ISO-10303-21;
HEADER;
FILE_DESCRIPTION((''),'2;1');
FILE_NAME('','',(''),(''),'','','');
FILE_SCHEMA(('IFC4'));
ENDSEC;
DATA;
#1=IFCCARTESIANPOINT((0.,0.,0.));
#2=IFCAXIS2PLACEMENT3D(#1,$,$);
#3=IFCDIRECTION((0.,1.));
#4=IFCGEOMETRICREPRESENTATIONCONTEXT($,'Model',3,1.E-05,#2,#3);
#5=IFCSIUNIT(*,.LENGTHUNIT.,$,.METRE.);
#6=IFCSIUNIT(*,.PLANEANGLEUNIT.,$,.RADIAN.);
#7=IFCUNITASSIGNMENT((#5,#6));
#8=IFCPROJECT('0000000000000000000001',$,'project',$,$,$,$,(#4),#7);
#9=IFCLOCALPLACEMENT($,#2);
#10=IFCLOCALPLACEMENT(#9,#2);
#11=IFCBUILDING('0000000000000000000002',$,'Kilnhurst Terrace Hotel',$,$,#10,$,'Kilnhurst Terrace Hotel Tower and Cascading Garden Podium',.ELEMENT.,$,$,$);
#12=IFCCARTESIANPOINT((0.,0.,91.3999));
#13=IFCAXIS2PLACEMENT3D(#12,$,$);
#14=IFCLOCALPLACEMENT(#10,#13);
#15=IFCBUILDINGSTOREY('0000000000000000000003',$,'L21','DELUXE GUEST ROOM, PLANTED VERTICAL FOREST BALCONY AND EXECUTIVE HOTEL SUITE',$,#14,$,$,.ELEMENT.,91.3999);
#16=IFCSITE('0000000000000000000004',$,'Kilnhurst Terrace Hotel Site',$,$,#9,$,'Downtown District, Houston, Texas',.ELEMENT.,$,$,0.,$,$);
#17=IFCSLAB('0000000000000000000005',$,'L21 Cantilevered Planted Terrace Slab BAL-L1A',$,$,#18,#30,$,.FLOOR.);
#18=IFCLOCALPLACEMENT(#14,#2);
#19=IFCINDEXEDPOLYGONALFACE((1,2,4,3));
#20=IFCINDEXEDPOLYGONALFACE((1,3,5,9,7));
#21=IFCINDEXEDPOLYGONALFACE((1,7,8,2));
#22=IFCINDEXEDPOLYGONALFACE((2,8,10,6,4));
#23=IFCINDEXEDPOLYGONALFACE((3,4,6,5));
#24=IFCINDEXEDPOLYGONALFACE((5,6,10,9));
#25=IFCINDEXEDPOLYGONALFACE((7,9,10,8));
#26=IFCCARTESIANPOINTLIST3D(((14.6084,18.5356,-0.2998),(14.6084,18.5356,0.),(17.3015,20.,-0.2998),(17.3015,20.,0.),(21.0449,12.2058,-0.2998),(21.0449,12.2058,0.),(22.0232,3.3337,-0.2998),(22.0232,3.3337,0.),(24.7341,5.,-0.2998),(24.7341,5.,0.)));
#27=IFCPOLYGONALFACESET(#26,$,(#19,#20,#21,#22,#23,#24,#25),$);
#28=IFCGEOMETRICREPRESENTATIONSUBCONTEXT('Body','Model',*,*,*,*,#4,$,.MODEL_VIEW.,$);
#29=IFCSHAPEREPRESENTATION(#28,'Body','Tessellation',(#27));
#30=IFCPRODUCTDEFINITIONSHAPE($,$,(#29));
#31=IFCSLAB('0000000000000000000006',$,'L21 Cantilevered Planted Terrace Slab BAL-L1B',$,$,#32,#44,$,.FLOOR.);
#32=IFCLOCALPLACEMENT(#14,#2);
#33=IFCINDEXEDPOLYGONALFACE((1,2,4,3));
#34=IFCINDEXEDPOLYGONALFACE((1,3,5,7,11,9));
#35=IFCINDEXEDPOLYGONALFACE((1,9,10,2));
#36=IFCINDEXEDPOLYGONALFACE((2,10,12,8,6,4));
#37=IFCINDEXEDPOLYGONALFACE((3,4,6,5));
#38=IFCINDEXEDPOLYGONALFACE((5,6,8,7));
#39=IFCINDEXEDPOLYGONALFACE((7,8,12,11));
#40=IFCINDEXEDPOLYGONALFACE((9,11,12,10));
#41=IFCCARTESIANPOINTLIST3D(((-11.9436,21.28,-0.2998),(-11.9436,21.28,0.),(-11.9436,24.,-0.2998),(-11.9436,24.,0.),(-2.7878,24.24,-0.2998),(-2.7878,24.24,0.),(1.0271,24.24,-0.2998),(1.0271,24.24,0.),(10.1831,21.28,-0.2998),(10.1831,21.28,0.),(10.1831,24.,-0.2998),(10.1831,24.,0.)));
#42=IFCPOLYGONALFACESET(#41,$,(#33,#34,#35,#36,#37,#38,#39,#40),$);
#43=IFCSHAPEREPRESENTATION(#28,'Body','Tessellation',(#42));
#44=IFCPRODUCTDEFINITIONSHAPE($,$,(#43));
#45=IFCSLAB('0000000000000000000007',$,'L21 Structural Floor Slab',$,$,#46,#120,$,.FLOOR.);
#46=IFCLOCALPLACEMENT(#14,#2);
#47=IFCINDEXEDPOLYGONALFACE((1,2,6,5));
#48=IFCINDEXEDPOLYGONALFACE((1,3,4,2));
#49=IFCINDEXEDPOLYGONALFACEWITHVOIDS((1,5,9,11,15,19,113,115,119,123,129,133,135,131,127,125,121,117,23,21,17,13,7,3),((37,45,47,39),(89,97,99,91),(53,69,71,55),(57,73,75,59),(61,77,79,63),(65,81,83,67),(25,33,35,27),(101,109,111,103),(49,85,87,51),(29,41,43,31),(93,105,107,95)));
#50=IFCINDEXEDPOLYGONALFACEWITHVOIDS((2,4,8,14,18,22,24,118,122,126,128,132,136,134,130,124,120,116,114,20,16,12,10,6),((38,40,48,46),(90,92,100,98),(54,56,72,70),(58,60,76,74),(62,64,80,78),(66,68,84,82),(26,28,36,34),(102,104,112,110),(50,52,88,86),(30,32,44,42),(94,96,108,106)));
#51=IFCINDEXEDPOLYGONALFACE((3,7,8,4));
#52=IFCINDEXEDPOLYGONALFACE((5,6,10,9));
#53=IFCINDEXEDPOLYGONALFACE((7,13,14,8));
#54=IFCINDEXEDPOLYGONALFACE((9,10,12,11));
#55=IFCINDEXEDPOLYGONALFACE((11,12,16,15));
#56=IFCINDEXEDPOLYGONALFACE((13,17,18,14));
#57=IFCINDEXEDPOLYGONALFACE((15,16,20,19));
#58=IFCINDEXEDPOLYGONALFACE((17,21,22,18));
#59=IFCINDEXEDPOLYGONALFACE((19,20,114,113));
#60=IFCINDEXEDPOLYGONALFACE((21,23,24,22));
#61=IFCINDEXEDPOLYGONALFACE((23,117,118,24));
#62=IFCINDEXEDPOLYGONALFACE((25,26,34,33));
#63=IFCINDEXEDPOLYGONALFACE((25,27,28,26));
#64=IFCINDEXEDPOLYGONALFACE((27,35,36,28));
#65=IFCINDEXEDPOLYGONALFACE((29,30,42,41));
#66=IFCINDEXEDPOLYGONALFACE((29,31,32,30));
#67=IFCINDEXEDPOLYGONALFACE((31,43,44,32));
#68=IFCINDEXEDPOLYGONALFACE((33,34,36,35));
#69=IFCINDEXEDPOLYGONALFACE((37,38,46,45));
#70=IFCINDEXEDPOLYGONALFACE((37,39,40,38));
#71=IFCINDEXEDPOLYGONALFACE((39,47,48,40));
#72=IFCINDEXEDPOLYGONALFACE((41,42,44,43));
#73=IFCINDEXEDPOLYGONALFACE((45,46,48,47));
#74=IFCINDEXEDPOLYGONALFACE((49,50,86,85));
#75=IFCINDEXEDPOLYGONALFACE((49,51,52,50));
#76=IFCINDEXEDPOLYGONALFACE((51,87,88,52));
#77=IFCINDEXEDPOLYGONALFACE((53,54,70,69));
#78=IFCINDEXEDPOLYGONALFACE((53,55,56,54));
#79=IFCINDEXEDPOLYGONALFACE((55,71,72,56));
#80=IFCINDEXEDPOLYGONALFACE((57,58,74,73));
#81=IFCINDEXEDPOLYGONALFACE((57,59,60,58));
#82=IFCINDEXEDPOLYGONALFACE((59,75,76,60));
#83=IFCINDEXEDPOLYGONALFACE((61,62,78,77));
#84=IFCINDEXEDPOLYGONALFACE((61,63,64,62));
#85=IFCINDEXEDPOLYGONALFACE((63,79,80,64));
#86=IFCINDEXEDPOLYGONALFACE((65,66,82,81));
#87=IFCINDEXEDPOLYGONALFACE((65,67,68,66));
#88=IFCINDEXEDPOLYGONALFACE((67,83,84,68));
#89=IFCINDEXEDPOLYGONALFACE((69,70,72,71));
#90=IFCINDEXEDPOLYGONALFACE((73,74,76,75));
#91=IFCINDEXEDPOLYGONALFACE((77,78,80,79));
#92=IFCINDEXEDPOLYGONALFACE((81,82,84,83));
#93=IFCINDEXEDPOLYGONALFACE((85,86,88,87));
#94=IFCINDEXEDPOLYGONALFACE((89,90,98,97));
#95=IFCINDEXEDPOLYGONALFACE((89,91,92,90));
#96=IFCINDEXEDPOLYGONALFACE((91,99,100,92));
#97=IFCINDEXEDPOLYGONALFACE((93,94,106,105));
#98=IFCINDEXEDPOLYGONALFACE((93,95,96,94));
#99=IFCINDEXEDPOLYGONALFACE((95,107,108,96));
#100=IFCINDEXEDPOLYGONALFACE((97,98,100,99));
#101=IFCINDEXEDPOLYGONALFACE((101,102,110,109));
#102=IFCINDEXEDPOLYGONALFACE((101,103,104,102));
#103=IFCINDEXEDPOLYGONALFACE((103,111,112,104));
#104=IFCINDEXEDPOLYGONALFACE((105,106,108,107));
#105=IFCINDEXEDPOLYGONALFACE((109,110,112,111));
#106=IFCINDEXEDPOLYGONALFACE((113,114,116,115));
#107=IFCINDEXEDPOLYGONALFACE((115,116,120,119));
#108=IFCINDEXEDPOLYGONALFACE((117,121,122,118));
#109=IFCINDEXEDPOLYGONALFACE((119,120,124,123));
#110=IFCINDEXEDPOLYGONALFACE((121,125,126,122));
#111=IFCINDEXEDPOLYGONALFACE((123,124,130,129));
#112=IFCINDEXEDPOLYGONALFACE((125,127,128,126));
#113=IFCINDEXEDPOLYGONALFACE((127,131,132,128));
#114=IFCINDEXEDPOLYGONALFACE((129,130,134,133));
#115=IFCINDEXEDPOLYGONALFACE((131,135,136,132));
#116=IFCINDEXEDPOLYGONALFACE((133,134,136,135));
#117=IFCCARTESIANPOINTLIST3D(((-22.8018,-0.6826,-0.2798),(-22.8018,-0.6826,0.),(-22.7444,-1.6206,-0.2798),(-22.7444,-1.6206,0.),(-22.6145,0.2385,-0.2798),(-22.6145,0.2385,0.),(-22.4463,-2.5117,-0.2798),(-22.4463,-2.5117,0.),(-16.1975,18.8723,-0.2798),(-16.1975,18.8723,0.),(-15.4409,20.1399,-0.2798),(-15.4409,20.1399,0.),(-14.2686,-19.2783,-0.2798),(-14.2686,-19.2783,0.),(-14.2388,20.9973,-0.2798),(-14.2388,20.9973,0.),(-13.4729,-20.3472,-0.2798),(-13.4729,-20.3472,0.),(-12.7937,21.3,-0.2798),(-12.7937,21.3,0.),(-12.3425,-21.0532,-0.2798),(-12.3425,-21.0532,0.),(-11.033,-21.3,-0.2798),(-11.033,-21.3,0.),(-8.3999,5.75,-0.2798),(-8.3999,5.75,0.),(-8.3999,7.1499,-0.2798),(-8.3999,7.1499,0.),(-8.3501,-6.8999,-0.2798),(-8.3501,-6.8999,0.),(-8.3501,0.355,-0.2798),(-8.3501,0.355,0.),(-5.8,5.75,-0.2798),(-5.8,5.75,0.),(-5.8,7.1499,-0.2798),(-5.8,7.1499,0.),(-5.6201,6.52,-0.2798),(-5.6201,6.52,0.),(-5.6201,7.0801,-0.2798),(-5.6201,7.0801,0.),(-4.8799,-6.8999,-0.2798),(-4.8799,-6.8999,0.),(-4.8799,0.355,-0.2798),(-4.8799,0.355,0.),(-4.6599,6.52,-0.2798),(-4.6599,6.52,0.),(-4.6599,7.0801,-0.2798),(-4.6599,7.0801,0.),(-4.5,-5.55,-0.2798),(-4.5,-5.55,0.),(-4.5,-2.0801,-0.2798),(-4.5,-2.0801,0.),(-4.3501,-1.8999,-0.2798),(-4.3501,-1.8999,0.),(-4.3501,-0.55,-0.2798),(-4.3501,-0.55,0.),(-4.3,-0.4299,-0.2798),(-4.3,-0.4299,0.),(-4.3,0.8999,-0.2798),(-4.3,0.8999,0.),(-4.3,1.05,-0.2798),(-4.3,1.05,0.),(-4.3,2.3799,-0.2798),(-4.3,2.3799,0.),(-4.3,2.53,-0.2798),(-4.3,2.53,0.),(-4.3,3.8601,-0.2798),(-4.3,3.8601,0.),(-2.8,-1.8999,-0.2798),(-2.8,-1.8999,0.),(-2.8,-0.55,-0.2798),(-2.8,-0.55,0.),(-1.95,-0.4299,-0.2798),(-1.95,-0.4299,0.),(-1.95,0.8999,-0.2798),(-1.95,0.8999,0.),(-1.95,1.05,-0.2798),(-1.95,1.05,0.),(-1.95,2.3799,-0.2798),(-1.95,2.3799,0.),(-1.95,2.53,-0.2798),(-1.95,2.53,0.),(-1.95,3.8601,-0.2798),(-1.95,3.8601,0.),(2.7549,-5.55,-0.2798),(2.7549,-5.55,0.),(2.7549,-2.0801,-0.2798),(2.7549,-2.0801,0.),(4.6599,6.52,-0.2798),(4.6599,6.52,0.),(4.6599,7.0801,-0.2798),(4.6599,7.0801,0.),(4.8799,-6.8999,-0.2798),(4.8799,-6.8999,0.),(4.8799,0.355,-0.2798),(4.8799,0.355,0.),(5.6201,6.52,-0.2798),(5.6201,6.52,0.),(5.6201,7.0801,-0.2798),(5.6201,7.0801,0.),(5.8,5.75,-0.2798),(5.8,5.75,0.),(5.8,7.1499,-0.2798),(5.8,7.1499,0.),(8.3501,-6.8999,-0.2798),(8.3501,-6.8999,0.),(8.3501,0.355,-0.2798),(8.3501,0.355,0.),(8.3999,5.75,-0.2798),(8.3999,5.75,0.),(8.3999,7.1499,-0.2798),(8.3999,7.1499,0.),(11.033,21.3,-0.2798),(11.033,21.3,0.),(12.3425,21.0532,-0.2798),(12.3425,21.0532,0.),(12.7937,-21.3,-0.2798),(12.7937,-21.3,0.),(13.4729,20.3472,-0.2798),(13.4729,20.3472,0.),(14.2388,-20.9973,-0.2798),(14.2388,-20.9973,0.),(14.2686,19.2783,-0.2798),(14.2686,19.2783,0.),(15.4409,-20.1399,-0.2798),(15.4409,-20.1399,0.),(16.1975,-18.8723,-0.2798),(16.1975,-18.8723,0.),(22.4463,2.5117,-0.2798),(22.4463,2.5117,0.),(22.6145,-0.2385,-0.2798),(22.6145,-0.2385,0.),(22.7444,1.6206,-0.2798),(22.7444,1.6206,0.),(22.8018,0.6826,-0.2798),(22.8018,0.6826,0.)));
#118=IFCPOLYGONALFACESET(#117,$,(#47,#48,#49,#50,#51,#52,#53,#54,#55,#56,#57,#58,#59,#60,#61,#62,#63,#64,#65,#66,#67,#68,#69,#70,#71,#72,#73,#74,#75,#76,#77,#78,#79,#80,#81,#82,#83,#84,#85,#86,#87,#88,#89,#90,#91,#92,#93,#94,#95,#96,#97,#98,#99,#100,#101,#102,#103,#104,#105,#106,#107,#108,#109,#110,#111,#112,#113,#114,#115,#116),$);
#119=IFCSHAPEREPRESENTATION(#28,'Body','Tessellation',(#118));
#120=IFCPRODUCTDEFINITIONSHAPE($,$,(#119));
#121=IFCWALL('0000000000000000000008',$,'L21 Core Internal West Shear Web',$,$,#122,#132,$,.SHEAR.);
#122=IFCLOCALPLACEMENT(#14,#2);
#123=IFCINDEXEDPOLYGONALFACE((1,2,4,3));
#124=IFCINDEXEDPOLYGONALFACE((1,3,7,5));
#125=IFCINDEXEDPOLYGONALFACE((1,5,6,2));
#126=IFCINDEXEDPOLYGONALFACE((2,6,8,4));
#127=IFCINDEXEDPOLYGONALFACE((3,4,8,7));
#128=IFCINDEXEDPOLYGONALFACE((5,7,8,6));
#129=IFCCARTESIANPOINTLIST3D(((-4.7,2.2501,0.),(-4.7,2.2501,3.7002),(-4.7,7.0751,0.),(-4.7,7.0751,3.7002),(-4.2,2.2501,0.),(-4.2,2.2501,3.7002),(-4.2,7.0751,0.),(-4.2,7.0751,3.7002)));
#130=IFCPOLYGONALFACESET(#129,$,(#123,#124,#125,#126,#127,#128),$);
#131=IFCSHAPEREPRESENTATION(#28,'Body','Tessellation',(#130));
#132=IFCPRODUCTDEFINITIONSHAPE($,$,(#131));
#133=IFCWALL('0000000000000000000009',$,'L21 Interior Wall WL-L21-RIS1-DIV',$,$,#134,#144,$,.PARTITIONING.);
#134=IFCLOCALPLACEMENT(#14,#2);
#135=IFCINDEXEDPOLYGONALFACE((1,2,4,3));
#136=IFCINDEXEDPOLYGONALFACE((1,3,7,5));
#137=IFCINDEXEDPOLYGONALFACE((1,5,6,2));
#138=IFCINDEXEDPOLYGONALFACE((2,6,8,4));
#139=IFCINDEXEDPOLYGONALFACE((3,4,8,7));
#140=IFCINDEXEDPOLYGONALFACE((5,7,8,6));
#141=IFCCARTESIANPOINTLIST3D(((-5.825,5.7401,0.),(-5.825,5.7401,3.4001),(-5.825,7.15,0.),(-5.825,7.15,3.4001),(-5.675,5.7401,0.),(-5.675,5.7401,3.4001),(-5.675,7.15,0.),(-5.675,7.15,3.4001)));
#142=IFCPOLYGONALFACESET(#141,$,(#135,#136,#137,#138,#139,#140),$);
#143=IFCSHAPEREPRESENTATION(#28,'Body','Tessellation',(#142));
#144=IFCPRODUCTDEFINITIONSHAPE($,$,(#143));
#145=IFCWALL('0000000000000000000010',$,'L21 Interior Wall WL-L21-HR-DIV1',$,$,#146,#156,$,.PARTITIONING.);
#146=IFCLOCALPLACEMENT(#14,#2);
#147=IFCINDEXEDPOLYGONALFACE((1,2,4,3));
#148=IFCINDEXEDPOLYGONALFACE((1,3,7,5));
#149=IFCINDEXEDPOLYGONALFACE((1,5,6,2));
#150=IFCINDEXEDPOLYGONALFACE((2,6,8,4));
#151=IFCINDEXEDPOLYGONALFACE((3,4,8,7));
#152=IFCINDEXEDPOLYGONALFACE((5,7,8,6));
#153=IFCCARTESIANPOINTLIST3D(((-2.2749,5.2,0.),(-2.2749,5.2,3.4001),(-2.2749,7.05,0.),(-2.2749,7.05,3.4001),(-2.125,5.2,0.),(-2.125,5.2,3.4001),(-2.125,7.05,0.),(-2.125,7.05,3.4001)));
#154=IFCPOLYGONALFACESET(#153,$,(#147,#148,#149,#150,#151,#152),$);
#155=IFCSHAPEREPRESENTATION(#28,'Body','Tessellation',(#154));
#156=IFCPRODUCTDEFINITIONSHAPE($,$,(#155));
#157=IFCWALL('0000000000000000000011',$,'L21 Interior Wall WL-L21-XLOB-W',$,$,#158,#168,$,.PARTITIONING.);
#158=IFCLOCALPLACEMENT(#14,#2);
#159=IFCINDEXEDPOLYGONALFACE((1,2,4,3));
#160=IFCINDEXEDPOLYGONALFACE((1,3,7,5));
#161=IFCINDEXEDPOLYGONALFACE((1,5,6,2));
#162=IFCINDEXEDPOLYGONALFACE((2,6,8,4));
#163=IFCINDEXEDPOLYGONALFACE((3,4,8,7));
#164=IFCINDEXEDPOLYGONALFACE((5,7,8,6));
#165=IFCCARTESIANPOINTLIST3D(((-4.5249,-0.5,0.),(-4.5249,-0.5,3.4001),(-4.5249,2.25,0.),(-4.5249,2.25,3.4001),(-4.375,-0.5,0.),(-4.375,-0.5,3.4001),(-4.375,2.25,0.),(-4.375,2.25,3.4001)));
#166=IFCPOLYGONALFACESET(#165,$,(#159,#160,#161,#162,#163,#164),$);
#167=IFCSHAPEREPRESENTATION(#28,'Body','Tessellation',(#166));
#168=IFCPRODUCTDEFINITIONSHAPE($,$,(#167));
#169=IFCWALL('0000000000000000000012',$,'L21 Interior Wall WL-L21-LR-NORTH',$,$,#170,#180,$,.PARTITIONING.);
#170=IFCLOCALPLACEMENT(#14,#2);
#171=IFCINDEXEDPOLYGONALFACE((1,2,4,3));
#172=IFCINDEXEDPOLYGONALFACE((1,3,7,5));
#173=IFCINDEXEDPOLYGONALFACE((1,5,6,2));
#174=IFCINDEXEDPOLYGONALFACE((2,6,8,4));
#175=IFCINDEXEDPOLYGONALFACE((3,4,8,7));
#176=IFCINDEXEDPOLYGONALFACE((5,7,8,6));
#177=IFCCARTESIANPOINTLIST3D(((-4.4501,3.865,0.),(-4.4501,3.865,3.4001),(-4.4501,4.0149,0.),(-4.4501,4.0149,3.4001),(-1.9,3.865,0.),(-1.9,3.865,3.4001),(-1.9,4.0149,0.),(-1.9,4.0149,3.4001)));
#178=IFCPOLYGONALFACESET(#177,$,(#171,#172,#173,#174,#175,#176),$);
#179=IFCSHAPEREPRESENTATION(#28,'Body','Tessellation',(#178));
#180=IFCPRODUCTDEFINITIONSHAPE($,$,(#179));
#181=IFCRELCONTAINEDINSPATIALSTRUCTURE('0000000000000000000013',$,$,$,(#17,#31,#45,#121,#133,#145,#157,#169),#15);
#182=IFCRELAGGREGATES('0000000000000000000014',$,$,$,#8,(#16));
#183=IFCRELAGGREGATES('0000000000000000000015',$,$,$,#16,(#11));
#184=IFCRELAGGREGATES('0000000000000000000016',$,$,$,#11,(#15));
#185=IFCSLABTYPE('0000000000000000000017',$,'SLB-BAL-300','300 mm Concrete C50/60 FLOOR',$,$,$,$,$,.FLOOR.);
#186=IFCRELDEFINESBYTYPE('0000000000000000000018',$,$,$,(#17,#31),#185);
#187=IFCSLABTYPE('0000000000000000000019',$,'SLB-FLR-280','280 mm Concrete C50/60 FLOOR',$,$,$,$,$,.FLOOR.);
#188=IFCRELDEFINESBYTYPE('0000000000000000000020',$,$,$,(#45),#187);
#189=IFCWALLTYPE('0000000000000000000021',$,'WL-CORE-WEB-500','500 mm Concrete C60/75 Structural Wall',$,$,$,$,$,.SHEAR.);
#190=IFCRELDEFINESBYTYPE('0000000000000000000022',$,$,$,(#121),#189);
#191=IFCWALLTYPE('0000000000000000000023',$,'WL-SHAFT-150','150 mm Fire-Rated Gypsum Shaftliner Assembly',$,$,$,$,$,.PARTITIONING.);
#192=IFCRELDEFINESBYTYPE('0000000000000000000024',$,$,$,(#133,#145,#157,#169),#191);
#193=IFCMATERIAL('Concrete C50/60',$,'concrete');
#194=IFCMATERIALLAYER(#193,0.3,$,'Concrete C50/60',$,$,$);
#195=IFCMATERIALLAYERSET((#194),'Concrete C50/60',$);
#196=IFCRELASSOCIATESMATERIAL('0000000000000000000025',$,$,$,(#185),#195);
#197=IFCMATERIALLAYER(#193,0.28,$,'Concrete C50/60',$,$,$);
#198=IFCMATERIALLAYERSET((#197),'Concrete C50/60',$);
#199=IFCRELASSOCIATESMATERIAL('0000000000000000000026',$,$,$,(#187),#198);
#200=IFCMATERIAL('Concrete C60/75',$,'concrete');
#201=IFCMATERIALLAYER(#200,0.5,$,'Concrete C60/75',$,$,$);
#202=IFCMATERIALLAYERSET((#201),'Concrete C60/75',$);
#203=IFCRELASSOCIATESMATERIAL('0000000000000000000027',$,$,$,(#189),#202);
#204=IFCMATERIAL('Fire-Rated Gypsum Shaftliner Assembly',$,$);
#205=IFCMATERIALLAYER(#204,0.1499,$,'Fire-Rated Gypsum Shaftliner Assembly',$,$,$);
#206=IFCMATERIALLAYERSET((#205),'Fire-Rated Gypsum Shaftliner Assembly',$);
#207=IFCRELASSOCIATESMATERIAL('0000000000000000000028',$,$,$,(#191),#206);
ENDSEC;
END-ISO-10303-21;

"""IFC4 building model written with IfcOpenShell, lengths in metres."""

from ifc_helpers import new_model, si_unit, direction, frame, frame_2d, origin, place, context, subcontext, project, spatial, polyline, rectangle, outline, extrude, material, layer, layer_set, type_object, element, save


model = new_model("IFC4")

# Units and contexts
model_context = context("Model", 3, precision=1e-05, world=origin(), true_north=direction((0.0, 1.0)))
body_context = subcontext(model_context, "Body", "Model", "MODEL_VIEW")
ifc_project = project(units=[si_unit("LENGTHUNIT", "METRE"), si_unit("PLANEANGLEUNIT", "RADIAN")], contexts=[model_context])

# Site, building, storey
site_placement = place(None, origin())
site = spatial("IfcSite", under=ifc_project, at=site_placement, Name="Kilnhurst Terrace Hotel Site", LongName="Downtown District, Houston, Texas", CompositionType="ELEMENT", RefElevation=0.0)
building_placement = place(site_placement, origin())
building = spatial("IfcBuilding", under=site, at=building_placement, Name="Kilnhurst Terrace Hotel", LongName="Kilnhurst Terrace Hotel Tower and Cascading Garden Podium", CompositionType="ELEMENT")
storey_placement = place(building_placement, frame((0.0, 0.0, 91.3999)))
storey = spatial("IfcBuildingStorey", under=building, at=storey_placement, Name="L21", Description="DELUXE GUEST ROOM, PLANTED VERTICAL FOREST BALCONY AND EXECUTIVE HOTEL SUITE", CompositionType="ELEMENT", Elevation=91.3999)

# Slabs
ifc_material_1 = material(Name="Concrete C50/60", Category="concrete")
ifc_layer_1 = layer(ifc_material_1, 0.3, Name="Concrete C50/60")
ifc_layer_set_1 = layer_set([ifc_layer_1], Name="Concrete C50/60")
slab_type_1 = type_object("IfcSlabType", Name="SLB-BAL-300", Description="300 mm Concrete C50/60 FLOOR", PredefinedType="FLOOR", material=ifc_layer_set_1)
slab_1_placement = place(storey_placement, frame((0.0, 0.0, -0.2998)))
element("IfcSlab", 1, at=slab_1_placement, inside=storey, type_object=slab_type_1, Name="L21 Cantilevered Planted Terrace Slab BAL-L1A", PredefinedType="FLOOR", context=body_context, shape_type="SweptSolid", body=[
    extrude(outline(polyline([(21.0449, 12.2058), (24.7341, 5.0), (22.0232, 3.3337), (14.6084, 18.5356), (17.3015, 20.0), (21.0449, 12.2058)])), origin(), (0.0, 0.0, 1.0), 0.2998),
])
slab_2_placement = place(storey_placement, frame((0.0, 0.0, -0.2998)))
element("IfcSlab", 2, at=slab_2_placement, inside=storey, type_object=slab_type_1, Name="L21 Cantilevered Planted Terrace Slab BAL-L1B", PredefinedType="FLOOR", context=body_context, shape_type="SweptSolid", body=[
    extrude(outline(polyline([(1.0271, 24.24), (10.1831, 24.0), (10.1831, 21.28), (-11.9436, 21.28), (-11.9436, 24.0), (-2.7878, 24.24), (1.0271, 24.24)])), origin(), (0.0, 0.0, 1.0), 0.2998),
])
ifc_layer_2 = layer(ifc_material_1, 0.28, Name="Concrete C50/60")
ifc_layer_set_2 = layer_set([ifc_layer_2], Name="Concrete C50/60")
slab_type_2 = type_object("IfcSlabType", Name="SLB-FLR-280", Description="280 mm Concrete C50/60 FLOOR", PredefinedType="FLOOR", material=ifc_layer_set_2)
slab_3_placement = place(storey_placement, frame((0.0, 0.0, -0.2798)))
element("IfcSlab", 3, at=slab_3_placement, inside=storey, type_object=slab_type_2, Name="L21 Structural Floor Slab", PredefinedType="FLOOR", context=body_context, shape_type="SweptSolid", body=[
    extrude(outline(polyline([(-14.2686, -19.2783), (-13.4729, -20.3472), (-12.3425, -21.0532), (-11.033, -21.3), (12.7937, -21.3), (14.2388, -20.9973), (15.4409, -20.1399), (16.1975, -18.8723), (22.6145, -0.2385), (22.8018, 0.6826), (22.7444, 1.6206), (22.4463, 2.5117), (14.2686, 19.2783), (13.4729, 20.3472), (12.3425, 21.0532), (11.033, 21.3), (-12.7937, 21.3), (-14.2388, 20.9973), (-15.4409, 20.1399), (-16.1975, 18.8723), (-22.6145, 0.2385), (-22.8018, -0.6826), (-22.7444, -1.6206), (-22.4463, -2.5117), (-14.2686, -19.2783)]), holes=[polyline([(-8.3501, 0.355), (-4.8799, 0.355), (-4.8799, -6.8999), (-8.3501, -6.8999), (-8.3501, 0.355)]), polyline([(-2.8, -1.8999), (-4.3501, -1.8999), (-4.3501, -0.55), (-2.8, -0.55), (-2.8, -1.8999)]), polyline([(-1.95, -0.4299), (-4.3, -0.4299), (-4.3, 0.8999), (-1.95, 0.8999), (-1.95, -0.4299)]), polyline([(-4.3, 1.05), (-4.3, 2.3799), (-1.95, 2.3799), (-1.95, 1.05), (-4.3, 1.05)]), polyline([(-8.3999, 5.75), (-8.3999, 7.1499), (-5.8, 7.1499), (-5.8, 5.75), (-8.3999, 5.75)]), polyline([(-4.6599, 6.52), (-5.6201, 6.52), (-5.6201, 7.0801), (-4.6599, 7.0801), (-4.6599, 6.52)]), polyline([(2.7549, -5.55), (-4.5, -5.55), (-4.5, -2.0801), (2.7549, -2.0801), (2.7549, -5.55)]), polyline([(8.3501, 0.355), (8.3501, -6.8999), (4.8799, -6.8999), (4.8799, 0.355), (8.3501, 0.355)]), polyline([(-1.95, 2.53), (-4.3, 2.53), (-4.3, 3.8601), (-1.95, 3.8601), (-1.95, 2.53)]), polyline([(5.8, 5.75), (5.8, 7.1499), (8.3999, 7.1499), (8.3999, 5.75), (5.8, 5.75)]), polyline([(4.6599, 6.52), (4.6599, 7.0801), (5.6201, 7.0801), (5.6201, 6.52), (4.6599, 6.52)])]), origin(), (0.0, 0.0, 1.0), 0.2798),
])

# Walls
ifc_material_2 = material(Name="Concrete C60/75", Category="concrete")
ifc_layer_3 = layer(ifc_material_2, 0.5, Name="Concrete C60/75")
ifc_layer_set_3 = layer_set([ifc_layer_3], Name="Concrete C60/75")
wall_type_1 = type_object("IfcWallType", Name="WL-CORE-WEB-500", Description="500 mm Concrete C60/75 Structural Wall", PredefinedType="SHEAR", material=ifc_layer_set_3)
wall_1_placement = place(storey_placement, frame((-4.45, 2.25, 0.0), z_axis=(0.0, 0.0, 1.0), x_axis=(0.0, 1.0, 0.0)))
element("IfcWall", 4, at=wall_1_placement, inside=storey, type_object=wall_type_1, Name="L21 Core Internal West Shear Web", PredefinedType="SHEAR", context=body_context, shape_type="SweptSolid", body=[
    extrude(rectangle(XDim=4.825, YDim=0.5, at=frame_2d((2.4126, 0.0))), origin(), (0.0, 0.0, 1.0), 3.7002),
])
ifc_material_3 = material(Name="Fire-Rated Gypsum Shaftliner Assembly")
ifc_layer_4 = layer(ifc_material_3, 0.1499, Name="Fire-Rated Gypsum Shaftliner Assembly")
ifc_layer_set_4 = layer_set([ifc_layer_4], Name="Fire-Rated Gypsum Shaftliner Assembly")
wall_type_2 = type_object("IfcWallType", Name="WL-SHAFT-150", Description="150 mm Fire-Rated Gypsum Shaftliner Assembly", PredefinedType="PARTITIONING", material=ifc_layer_set_4)
wall_2_placement = place(storey_placement, frame((-5.75, 5.74, 0.0), z_axis=(0.0, 0.0, 1.0), x_axis=(0.0, 1.0, 0.0)))
element("IfcWall", 5, at=wall_2_placement, inside=storey, type_object=wall_type_2, Name="L21 Interior Wall WL-L21-RIS1-DIV", PredefinedType="PARTITIONING", context=body_context, shape_type="SweptSolid", body=[
    extrude(rectangle(XDim=1.4099, YDim=0.1499, at=frame_2d((0.7051, 0.0))), origin(), (0.0, 0.0, 1.0), 3.4001),
])
wall_3_placement = place(storey_placement, frame((-2.2, 5.2, 0.0), z_axis=(0.0, 0.0, 1.0), x_axis=(0.0, 1.0, 0.0)))
element("IfcWall", 6, at=wall_3_placement, inside=storey, type_object=wall_type_2, Name="L21 Interior Wall WL-L21-HR-DIV1", PredefinedType="PARTITIONING", context=body_context, shape_type="SweptSolid", body=[
    extrude(rectangle(XDim=1.8501, YDim=0.1499, at=frame_2d((0.925, 0.0))), origin(), (0.0, 0.0, 1.0), 3.4001),
])
wall_4_placement = place(storey_placement, frame((-4.45, -0.5, 0.0), z_axis=(0.0, 0.0, 1.0), x_axis=(0.0, 1.0, 0.0)))
element("IfcWall", 7, at=wall_4_placement, inside=storey, type_object=wall_type_2, Name="L21 Interior Wall WL-L21-XLOB-W", PredefinedType="PARTITIONING", context=body_context, shape_type="SweptSolid", body=[
    extrude(rectangle(XDim=2.75, YDim=0.1499, at=frame_2d((1.375, 0.0))), origin(), (0.0, 0.0, 1.0), 3.4001),
])
for number, where, z_axis, x_axis, name in (
    (8, (-4.45, 3.9399, 0.0), (0.0, 0.0, 1.0), (1.0, 0.0, 0.0), "L21 Interior Wall WL-L21-LR-NORTH"),
):
    element("IfcWall", number, at=place(storey_placement, frame(where, z_axis=z_axis, x_axis=x_axis)), inside=storey, type_object=wall_type_2, Name=name, PredefinedType="PARTITIONING", context=body_context, shape_type="SweptSolid", body=[
        extrude(rectangle(XDim=2.55, YDim=0.1499, at=frame_2d((1.2749, 0.0))), origin(), (0.0, 0.0, 1.0), 3.4001),
    ])

save(model, "model.ifc")
